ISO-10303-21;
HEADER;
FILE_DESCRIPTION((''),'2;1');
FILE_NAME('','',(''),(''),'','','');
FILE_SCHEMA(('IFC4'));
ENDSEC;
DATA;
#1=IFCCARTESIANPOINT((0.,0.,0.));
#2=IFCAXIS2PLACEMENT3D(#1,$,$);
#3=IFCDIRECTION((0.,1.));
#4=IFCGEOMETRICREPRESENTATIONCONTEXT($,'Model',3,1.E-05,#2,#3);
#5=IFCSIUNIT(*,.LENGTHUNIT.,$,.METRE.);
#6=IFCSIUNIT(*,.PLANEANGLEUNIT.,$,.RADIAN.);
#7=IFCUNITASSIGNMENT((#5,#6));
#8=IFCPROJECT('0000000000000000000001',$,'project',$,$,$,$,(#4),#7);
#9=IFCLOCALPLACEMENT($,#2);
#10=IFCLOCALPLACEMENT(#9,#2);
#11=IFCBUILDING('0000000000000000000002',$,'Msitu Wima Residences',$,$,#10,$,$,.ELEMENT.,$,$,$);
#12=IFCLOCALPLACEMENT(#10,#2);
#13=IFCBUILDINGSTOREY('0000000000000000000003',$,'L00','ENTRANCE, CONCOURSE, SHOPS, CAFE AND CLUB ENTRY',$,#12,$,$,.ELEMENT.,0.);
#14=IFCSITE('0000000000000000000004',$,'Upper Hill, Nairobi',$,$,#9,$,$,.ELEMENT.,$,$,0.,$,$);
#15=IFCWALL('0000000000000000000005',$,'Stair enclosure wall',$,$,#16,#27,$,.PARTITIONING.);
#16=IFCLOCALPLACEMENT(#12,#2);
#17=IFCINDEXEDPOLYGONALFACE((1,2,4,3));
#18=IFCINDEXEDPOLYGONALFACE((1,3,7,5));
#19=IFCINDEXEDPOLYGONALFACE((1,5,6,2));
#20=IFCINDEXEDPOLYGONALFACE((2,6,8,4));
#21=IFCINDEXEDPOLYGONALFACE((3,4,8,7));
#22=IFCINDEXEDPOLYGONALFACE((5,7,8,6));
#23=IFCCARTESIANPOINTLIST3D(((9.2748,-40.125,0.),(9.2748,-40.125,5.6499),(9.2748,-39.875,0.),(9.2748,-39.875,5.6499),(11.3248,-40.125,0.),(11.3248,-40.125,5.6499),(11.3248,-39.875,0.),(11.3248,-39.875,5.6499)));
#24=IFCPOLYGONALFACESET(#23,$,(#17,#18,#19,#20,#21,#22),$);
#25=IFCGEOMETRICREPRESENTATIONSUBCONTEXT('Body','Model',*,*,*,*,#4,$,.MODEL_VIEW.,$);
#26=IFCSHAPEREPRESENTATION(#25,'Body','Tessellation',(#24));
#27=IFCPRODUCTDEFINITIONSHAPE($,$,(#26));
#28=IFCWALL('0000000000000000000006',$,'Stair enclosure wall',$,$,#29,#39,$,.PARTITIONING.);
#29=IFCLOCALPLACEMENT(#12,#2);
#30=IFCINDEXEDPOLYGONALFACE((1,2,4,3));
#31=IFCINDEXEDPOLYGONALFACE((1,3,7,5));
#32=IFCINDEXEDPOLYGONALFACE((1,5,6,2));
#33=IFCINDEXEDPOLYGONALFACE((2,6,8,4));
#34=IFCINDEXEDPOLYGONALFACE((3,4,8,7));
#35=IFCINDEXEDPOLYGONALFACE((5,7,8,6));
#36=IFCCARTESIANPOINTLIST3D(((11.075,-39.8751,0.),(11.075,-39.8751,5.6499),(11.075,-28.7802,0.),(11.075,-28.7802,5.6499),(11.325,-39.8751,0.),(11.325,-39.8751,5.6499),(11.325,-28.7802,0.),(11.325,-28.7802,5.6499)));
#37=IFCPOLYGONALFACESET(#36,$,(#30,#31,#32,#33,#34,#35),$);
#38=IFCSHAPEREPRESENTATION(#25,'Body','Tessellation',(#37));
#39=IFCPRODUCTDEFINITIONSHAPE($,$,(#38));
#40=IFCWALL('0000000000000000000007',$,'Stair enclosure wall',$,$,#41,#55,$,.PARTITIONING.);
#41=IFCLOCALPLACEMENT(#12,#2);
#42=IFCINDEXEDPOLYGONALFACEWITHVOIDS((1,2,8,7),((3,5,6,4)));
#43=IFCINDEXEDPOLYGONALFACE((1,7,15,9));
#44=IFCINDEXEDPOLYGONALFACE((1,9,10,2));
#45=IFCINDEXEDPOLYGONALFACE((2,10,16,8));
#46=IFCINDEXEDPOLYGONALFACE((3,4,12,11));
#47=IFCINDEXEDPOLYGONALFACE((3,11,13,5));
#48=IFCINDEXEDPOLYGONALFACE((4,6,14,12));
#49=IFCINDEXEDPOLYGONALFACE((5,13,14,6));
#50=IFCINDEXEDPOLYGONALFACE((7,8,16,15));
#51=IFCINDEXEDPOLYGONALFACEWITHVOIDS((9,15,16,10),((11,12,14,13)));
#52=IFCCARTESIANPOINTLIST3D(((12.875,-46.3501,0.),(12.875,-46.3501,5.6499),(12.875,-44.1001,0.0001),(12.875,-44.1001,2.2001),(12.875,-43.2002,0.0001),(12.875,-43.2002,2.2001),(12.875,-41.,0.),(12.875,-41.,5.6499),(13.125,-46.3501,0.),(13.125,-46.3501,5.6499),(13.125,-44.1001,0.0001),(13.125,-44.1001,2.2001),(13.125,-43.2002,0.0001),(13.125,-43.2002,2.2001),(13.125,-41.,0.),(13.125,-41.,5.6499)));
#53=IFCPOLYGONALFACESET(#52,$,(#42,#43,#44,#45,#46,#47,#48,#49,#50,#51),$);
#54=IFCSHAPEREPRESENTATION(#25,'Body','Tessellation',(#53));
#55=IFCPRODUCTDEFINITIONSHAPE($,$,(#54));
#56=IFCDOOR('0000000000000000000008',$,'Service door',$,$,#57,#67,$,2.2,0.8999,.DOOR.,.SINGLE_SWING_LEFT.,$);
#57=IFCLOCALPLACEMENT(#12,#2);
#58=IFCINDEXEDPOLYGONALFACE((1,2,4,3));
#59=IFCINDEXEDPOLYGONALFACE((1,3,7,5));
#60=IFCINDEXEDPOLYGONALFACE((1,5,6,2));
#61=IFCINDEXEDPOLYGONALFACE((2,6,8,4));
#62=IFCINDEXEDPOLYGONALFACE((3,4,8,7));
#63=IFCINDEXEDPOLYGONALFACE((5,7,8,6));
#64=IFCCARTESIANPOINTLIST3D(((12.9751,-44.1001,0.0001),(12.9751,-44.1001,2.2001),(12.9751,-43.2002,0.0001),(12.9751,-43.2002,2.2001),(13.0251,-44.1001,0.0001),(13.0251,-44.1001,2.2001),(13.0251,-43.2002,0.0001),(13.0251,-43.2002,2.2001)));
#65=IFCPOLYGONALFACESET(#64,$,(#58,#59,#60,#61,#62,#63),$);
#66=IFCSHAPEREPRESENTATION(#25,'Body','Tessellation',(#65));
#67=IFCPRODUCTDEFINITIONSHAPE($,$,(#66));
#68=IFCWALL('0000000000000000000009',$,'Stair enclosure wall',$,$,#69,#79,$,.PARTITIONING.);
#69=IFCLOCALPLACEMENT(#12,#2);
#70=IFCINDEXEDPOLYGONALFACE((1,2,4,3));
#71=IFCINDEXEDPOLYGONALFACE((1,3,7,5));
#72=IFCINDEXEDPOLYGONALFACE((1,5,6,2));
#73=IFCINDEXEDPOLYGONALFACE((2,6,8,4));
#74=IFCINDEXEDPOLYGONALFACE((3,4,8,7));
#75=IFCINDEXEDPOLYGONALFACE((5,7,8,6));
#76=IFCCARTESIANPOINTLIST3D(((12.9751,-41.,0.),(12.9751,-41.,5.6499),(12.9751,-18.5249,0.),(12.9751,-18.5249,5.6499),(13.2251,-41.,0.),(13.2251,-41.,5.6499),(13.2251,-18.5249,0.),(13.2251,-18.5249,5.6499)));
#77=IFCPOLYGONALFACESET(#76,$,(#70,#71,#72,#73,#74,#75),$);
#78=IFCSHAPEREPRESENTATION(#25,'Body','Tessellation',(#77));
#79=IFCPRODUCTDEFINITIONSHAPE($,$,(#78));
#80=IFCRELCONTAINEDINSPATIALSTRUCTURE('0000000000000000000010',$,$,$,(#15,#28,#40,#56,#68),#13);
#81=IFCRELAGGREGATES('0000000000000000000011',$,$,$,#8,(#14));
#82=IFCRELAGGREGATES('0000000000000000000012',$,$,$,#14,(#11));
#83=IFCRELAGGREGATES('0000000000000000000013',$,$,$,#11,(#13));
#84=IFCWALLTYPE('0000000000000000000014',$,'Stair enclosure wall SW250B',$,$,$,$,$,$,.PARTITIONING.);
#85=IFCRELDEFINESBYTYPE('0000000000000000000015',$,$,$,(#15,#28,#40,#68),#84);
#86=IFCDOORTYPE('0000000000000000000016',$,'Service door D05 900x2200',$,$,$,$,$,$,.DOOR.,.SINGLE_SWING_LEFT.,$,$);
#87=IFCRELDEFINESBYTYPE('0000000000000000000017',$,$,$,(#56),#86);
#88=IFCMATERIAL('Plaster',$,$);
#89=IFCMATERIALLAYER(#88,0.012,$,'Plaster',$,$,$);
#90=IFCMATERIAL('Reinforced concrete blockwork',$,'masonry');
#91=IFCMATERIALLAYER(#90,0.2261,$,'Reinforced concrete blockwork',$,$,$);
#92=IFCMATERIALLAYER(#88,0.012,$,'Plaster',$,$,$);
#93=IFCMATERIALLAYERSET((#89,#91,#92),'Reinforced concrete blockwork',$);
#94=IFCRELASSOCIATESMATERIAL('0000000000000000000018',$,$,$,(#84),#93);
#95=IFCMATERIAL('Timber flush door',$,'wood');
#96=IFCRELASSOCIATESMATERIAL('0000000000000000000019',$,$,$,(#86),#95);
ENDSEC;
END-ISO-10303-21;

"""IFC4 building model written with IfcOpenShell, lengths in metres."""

from ifc_helpers import new_model, si_unit, direction, frame, frame_2d, origin, place, context, subcontext, project, spatial, rectangle, extrude, material, layer, layer_set, type_object, element, fill, save


model = new_model("IFC4")

# Units and contexts
model_context = context("Model", 3, precision=1e-05, world=origin(), true_north=direction((0.0, 1.0)))
body_context = subcontext(model_context, "Body", "Model", "MODEL_VIEW")
ifc_project = project(units=[si_unit("LENGTHUNIT", "METRE"), si_unit("PLANEANGLEUNIT", "RADIAN")], contexts=[model_context])

# Site, building, storey
site_placement = place(None, origin())
site = spatial("IfcSite", under=ifc_project, at=site_placement, Name="Upper Hill, Nairobi", CompositionType="ELEMENT", RefElevation=0.0)
building_placement = place(site_placement, origin())
building = spatial("IfcBuilding", under=site, at=building_placement, Name="Msitu Wima Residences", CompositionType="ELEMENT")
storey_placement = place(building_placement, origin())
storey = spatial("IfcBuildingStorey", under=building, at=storey_placement, Name="L00", Description="ENTRANCE, CONCOURSE, SHOPS, CAFE AND CLUB ENTRY", CompositionType="ELEMENT", Elevation=0.0)

# Walls
ifc_material_1 = material(Name="Plaster")
ifc_layer_1 = layer(ifc_material_1, 0.012, Name="Plaster")
ifc_material_2 = material(Name="Reinforced concrete blockwork", Category="masonry")
ifc_layer_2 = layer(ifc_material_2, 0.2261, Name="Reinforced concrete blockwork")
ifc_layer_3 = layer(ifc_material_1, 0.012, Name="Plaster")
ifc_layer_set_1 = layer_set([ifc_layer_1, ifc_layer_2, ifc_layer_3], Name="Reinforced concrete blockwork")
wall_type_1 = type_object("IfcWallType", Name="Stair enclosure wall SW250B", PredefinedType="PARTITIONING", material=ifc_layer_set_1)
wall_1_placement = place(storey_placement, frame((9.2749, -40.0, 0.0), z_axis=(0.0, 0.0, 1.0), x_axis=(1.0, 0.0, 0.0)))
element("IfcWall", 1, at=wall_1_placement, inside=storey, type_object=wall_type_1, Name="Stair enclosure wall", PredefinedType="PARTITIONING", context=body_context, shape_type="SweptSolid", body=[
    extrude(rectangle(XDim=2.05, YDim=0.25, at=frame_2d((1.0249, 0.0))), origin(), (0.0, 0.0, 1.0), 5.6499),
])
wall_2_placement = place(storey_placement, frame((11.2, -39.875, 0.0), z_axis=(0.0, 0.0, 1.0), x_axis=(0.0, 1.0, 0.0)))
element("IfcWall", 2, at=wall_2_placement, inside=storey, type_object=wall_type_1, Name="Stair enclosure wall", PredefinedType="PARTITIONING", context=body_context, shape_type="SweptSolid", body=[
    extrude(rectangle(XDim=11.095, YDim=0.25, at=frame_2d((5.5474, 0.0))), origin(), (0.0, 0.0, 1.0), 5.6499),
])

# Wall, opening, door
wall_3_placement = place(storey_placement, frame((13.0, -46.3501, 0.0), z_axis=(0.0, 0.0, 1.0), x_axis=(0.0, 1.0, 0.0)))
wall_3 = element("IfcWall", 3, at=wall_3_placement, inside=storey, type_object=wall_type_1, Name="Stair enclosure wall", PredefinedType="PARTITIONING", context=body_context, shape_type="SweptSolid", body=[
    extrude(rectangle(XDim=5.3501, YDim=0.25, at=frame_2d((2.675, 0.0))), origin(), (0.0, 0.0, 1.0), 5.6499),
])
opening_1_placement = place(wall_3_placement, frame((2.25, 0.0, 0.0)))
opening_1 = element("IfcOpeningElement", 4, at=opening_1_placement, cuts=wall_3, PredefinedType="OPENING", context=body_context, shape_type="SweptSolid", body=[
    extrude(rectangle(XDim=0.8999, YDim=2.2, at=frame_2d((0.45, 1.1001))), frame((0.0, 0.135, 0.0), z_axis=(0.0, -1.0, 0.0), x_axis=(1.0, 0.0, 0.0)), (0.0, 0.0, 1.0), 0.27),
])
ifc_material_3 = material(Name="Timber flush door", Category="wood")
door_type_1 = type_object("IfcDoorType", Name="Service door D05 900x2200", OperationType="SINGLE_SWING_LEFT", PredefinedType="DOOR", material=ifc_material_3)
door_1_placement = place(opening_1_placement, origin())
door_1 = element("IfcDoor", 5, at=door_1_placement, inside=storey, type_object=door_type_1, Name="Service door", OperationType="SINGLE_SWING_LEFT", OverallHeight=2.2, OverallWidth=0.8999, PredefinedType="DOOR", context=body_context, shape_type="SweptSolid", body=[
    extrude(rectangle(XDim=0.8999, YDim=2.2, at=frame_2d((0.45, 1.1001))), frame((0.0, 0.0249, 0.0), z_axis=(0.0, -1.0, 0.0), x_axis=(1.0, 0.0, 0.0)), (0.0, 0.0, 1.0), 0.05),
])
fill(opening_1, door_1)

# Wall
wall_4_placement = place(storey_placement, frame((13.1001, -41.0, 0.0), z_axis=(0.0, 0.0, 1.0), x_axis=(0.0, 1.0, 0.0)))
element("IfcWall", 6, at=wall_4_placement, inside=storey, type_object=wall_type_1, Name="Stair enclosure wall", PredefinedType="PARTITIONING", context=body_context, shape_type="SweptSolid", body=[
    extrude(rectangle(XDim=22.4751, YDim=0.25, at=frame_2d((11.2375, 0.0))), origin(), (0.0, 0.0, 1.0), 5.6499),
])

save(model, "model.ifc")
